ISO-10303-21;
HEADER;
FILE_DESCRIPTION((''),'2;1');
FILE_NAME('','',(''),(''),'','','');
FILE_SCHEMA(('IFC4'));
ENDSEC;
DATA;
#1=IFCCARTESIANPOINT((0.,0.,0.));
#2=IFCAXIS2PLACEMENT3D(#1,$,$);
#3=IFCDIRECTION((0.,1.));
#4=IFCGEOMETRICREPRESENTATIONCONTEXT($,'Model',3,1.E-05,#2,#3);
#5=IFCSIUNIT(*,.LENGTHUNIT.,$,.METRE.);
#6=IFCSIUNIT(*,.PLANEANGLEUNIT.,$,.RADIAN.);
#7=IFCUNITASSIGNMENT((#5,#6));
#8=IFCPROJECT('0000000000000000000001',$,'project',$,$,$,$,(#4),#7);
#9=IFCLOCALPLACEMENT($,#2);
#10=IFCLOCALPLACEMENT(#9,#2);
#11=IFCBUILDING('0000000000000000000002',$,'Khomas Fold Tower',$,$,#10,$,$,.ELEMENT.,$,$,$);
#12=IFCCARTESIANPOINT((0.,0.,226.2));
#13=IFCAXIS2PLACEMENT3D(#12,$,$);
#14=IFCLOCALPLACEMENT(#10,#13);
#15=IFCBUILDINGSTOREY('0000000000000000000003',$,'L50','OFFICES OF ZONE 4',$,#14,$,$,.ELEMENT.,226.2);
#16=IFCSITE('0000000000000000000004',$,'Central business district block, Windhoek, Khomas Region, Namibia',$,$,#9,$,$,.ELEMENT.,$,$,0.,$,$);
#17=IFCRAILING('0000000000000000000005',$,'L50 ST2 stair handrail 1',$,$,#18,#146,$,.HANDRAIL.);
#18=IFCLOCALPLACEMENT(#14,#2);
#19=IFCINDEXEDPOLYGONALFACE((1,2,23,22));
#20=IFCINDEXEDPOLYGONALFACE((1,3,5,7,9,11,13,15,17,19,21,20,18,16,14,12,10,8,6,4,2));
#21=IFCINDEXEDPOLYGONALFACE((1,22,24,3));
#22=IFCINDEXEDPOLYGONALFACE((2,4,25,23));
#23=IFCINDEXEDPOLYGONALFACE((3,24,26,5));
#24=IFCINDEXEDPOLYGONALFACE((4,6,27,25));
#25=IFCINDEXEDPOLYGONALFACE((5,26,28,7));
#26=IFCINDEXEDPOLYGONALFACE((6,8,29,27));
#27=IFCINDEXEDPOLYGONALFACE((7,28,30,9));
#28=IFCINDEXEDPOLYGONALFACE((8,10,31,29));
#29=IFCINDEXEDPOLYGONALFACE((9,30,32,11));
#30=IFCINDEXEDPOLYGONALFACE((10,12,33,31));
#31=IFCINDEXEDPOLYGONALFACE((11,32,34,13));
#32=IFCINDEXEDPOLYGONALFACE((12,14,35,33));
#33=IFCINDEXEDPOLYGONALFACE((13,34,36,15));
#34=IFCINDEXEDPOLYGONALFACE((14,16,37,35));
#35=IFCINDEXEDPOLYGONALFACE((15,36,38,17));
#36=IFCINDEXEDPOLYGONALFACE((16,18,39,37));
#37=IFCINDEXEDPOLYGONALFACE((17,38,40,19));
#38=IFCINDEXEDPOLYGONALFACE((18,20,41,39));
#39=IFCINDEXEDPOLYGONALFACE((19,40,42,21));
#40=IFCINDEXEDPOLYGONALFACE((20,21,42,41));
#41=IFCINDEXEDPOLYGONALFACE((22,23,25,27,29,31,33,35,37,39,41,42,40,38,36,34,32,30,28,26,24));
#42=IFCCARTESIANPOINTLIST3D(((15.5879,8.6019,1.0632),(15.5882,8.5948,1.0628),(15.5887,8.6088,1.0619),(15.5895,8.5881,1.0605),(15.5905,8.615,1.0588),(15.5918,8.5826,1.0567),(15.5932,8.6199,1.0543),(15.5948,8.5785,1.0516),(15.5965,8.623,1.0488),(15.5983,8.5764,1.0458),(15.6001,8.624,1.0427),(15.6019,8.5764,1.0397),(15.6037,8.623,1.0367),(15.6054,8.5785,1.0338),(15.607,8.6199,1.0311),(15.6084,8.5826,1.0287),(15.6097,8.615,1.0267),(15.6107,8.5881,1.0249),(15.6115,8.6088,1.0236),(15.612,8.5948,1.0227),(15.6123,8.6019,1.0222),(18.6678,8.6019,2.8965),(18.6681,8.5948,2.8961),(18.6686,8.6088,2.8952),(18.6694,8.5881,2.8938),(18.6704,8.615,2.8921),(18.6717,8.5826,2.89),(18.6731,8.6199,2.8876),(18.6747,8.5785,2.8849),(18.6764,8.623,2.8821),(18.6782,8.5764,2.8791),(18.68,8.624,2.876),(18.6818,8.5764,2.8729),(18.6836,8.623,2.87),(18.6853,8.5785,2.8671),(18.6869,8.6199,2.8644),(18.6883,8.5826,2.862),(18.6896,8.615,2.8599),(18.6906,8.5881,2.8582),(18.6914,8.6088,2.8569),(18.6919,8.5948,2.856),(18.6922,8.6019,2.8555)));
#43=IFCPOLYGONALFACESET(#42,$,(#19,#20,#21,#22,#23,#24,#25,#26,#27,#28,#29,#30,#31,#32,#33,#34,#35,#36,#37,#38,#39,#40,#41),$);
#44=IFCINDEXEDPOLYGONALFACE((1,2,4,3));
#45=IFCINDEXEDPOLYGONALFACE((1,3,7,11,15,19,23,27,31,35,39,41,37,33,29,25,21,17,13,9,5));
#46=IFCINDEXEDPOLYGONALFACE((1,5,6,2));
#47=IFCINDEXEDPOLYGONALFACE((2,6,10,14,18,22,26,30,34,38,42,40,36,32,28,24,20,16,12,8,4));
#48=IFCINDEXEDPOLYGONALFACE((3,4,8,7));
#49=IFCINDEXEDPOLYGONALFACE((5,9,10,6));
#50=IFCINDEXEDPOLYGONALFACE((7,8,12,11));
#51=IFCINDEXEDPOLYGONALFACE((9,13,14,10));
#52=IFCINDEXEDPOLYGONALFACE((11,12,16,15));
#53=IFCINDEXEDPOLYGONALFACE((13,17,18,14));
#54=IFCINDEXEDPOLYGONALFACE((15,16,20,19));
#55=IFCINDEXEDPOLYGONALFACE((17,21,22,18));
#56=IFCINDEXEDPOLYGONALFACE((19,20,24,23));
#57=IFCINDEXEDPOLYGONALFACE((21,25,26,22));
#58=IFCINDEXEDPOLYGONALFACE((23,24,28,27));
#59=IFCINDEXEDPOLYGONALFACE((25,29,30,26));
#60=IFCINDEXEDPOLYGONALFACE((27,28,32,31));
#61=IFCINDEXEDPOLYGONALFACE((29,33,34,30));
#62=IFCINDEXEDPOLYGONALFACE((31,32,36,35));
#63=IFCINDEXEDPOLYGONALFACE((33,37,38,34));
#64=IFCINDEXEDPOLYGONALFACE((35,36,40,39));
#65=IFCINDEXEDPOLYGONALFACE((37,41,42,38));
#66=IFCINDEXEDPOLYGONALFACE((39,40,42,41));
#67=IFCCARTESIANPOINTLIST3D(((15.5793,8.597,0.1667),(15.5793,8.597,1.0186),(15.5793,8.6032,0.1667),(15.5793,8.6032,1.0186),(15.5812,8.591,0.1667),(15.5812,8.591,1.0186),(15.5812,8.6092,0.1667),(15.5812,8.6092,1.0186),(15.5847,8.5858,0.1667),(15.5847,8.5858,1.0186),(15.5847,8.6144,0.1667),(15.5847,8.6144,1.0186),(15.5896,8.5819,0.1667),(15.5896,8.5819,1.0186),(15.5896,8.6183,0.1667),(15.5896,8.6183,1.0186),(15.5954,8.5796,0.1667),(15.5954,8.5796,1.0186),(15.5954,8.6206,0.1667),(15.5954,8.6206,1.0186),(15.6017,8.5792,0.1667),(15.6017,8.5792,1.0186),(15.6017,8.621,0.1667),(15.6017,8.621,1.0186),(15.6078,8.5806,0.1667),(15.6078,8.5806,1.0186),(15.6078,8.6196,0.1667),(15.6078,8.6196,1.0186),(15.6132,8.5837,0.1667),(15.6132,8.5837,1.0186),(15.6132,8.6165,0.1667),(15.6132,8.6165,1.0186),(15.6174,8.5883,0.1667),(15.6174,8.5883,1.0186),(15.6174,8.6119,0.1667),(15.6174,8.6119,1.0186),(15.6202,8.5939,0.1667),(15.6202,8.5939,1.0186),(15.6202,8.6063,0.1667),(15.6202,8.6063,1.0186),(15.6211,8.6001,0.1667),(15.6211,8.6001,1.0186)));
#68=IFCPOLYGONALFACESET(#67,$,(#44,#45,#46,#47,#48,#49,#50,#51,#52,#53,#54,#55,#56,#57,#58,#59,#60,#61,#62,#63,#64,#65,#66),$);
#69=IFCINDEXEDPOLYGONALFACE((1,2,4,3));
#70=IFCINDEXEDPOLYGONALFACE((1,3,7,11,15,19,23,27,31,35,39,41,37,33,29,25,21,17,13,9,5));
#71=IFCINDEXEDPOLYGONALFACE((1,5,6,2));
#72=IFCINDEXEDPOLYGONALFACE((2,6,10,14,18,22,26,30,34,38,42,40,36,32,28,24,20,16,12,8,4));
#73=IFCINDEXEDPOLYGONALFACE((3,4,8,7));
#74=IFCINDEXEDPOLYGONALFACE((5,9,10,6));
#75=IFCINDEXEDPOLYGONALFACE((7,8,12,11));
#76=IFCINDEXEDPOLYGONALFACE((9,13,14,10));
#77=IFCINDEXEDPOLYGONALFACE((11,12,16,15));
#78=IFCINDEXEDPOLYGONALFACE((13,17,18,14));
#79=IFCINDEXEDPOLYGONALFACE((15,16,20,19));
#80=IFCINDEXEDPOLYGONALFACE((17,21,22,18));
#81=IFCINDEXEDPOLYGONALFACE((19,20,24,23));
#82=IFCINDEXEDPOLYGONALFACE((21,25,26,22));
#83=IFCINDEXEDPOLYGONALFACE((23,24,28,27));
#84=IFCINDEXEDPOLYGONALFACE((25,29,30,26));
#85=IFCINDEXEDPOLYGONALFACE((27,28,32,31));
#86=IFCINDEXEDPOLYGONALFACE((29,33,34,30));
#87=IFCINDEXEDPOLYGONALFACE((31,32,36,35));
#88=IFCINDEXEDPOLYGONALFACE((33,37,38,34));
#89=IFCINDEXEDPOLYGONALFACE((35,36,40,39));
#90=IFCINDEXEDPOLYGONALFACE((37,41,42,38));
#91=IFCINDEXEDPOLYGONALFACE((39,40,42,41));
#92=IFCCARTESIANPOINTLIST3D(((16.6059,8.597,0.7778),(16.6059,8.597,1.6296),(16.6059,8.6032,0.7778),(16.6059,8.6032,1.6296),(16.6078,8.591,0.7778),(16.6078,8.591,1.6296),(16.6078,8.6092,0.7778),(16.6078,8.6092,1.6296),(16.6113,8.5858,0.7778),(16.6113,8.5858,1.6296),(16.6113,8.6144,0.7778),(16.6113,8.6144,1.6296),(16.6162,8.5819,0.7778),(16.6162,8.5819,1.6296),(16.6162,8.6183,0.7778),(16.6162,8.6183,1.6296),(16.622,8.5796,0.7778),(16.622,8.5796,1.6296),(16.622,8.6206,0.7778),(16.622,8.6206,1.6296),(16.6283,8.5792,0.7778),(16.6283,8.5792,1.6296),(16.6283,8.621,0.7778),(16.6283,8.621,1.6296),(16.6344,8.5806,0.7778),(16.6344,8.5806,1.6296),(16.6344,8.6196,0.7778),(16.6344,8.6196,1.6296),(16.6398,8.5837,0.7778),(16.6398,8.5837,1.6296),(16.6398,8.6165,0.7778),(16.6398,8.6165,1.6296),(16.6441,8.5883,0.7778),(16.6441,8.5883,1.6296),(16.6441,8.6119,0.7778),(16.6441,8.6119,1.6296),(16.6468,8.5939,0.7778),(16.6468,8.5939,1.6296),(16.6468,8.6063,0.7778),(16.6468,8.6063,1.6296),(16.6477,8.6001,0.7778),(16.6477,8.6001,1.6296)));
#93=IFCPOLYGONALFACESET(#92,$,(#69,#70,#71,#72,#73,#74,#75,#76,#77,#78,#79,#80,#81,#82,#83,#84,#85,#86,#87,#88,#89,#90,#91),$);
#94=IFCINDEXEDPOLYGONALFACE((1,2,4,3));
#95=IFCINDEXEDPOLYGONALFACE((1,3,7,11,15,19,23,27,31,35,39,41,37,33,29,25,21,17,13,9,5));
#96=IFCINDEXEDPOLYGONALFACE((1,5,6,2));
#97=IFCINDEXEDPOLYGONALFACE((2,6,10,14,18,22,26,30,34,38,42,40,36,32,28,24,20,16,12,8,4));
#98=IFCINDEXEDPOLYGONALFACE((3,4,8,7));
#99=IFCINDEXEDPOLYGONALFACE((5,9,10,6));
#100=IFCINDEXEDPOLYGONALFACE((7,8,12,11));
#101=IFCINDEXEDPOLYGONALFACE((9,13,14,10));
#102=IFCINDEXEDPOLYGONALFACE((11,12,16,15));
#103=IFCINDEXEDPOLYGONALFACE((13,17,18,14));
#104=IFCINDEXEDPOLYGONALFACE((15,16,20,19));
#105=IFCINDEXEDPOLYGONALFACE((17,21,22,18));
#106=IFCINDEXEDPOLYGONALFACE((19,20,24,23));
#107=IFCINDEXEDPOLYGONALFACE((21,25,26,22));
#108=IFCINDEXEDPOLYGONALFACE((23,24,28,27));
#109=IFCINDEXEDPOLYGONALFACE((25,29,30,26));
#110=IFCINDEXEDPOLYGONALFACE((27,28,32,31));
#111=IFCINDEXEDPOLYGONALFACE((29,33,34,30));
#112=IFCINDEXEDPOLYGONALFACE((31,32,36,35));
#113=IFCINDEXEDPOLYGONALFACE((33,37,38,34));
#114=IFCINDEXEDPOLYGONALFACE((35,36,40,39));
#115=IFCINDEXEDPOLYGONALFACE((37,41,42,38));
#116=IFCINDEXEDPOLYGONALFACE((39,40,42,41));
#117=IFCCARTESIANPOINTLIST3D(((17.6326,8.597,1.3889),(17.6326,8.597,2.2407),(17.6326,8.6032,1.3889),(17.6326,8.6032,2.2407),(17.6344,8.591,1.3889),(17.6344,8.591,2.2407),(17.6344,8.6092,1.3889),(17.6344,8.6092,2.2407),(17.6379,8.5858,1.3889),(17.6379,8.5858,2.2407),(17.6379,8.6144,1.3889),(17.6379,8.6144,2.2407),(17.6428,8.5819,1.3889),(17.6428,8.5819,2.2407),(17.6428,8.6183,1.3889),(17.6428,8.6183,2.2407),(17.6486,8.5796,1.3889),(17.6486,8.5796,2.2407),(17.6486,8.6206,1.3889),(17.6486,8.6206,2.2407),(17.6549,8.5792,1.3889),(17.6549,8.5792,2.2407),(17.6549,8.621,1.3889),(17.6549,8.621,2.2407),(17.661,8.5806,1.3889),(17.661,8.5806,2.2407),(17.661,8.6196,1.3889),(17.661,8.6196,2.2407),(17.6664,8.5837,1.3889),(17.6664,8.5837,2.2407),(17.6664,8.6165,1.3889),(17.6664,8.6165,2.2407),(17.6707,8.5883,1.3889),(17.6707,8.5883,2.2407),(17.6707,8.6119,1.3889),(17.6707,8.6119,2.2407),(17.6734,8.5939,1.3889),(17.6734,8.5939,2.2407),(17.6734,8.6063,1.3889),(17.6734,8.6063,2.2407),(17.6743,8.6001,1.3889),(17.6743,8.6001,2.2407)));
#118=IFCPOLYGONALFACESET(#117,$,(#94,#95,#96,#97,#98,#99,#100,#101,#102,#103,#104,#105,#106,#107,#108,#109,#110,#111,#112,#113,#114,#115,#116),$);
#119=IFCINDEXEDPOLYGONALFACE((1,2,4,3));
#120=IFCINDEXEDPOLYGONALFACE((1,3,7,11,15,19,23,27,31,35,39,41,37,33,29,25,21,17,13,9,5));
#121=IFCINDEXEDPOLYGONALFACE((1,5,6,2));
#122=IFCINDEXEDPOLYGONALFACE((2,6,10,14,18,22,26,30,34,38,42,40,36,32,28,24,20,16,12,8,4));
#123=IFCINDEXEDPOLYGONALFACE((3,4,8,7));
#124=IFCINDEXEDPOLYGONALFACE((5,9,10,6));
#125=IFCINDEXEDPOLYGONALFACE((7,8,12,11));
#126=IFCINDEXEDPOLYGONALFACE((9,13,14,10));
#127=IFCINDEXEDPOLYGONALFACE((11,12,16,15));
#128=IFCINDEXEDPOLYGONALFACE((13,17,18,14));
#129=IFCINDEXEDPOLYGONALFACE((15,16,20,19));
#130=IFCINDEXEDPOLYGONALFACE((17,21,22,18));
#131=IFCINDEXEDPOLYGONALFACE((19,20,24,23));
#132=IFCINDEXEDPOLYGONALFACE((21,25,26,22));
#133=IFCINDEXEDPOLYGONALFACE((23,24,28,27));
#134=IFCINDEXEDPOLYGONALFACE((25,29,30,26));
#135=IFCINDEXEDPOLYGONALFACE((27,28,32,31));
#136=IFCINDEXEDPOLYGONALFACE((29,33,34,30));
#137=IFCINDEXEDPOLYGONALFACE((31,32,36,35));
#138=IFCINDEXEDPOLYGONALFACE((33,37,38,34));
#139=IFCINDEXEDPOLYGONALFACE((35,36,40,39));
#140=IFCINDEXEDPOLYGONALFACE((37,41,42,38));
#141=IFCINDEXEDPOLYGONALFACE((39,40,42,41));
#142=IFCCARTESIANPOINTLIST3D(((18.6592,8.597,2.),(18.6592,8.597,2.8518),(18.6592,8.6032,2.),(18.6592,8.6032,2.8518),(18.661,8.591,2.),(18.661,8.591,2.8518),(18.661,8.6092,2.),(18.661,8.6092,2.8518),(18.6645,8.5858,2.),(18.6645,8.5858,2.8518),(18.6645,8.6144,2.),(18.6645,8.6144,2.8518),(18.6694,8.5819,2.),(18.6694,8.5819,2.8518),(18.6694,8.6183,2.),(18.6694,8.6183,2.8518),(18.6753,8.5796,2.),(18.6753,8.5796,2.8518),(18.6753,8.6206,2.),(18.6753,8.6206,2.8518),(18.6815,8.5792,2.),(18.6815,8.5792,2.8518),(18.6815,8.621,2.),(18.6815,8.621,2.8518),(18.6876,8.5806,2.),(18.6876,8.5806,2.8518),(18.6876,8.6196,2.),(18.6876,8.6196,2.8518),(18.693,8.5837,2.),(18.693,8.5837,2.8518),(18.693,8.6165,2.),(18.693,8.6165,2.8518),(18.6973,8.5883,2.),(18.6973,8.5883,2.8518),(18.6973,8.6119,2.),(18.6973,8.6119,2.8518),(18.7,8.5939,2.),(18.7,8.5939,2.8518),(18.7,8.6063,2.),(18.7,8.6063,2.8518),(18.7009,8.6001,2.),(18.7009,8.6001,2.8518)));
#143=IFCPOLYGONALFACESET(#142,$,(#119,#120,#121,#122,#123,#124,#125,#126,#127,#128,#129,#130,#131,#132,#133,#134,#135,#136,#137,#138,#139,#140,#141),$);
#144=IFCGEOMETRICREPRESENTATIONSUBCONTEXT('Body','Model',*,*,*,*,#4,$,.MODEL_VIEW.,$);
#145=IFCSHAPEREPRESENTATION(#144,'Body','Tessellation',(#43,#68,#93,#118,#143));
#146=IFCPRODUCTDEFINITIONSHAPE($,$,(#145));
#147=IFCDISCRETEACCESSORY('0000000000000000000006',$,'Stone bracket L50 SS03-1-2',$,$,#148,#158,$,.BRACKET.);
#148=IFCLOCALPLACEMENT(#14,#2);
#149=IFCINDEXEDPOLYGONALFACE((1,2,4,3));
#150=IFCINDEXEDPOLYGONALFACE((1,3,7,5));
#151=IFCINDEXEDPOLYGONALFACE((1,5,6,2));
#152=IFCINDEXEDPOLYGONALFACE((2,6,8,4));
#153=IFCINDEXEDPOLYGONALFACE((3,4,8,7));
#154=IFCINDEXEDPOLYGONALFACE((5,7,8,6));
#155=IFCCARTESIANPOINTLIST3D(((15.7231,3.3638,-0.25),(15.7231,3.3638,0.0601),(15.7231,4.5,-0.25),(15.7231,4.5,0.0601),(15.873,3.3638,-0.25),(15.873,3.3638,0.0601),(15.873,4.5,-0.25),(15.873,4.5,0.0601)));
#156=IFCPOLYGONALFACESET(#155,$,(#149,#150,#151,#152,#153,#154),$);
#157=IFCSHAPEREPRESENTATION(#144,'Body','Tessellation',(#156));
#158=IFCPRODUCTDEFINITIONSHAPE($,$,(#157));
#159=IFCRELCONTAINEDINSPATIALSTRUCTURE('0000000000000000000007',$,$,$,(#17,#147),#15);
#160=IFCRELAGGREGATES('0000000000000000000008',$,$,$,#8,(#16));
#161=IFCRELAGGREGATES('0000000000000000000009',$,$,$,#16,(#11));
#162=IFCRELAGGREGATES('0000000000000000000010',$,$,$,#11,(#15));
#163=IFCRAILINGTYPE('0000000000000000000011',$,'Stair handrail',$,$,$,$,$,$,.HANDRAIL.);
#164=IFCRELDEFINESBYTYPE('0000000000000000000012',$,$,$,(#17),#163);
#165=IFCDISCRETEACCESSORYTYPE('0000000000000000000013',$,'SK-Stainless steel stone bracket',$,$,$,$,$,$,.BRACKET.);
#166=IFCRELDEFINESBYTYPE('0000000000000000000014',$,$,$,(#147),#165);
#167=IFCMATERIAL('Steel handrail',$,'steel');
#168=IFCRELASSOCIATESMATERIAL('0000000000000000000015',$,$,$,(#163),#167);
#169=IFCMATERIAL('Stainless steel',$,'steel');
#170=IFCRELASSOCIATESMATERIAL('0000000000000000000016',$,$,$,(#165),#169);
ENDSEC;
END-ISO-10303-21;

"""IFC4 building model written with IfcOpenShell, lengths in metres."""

from ifc_helpers import new_model, si_unit, direction, frame, origin, origin_2d, place, context, subcontext, project, spatial, rectangle, circle, extrude, source, transform, mapped, material, type_object, element, save


model = new_model("IFC4")

# Units and contexts
model_context = context("Model", 3, precision=1e-05, world=origin(), true_north=direction((0.0, 1.0)))
body_context = subcontext(model_context, "Body", "Model", "MODEL_VIEW")
ifc_project = project(units=[si_unit("LENGTHUNIT", "METRE"), si_unit("PLANEANGLEUNIT", "RADIAN")], contexts=[model_context])

# Site, building, storey
site_placement = place(None, origin())
site = spatial("IfcSite", under=ifc_project, at=site_placement, Name="Central business district block, Windhoek, Khomas Region, Namibia", CompositionType="ELEMENT", RefElevation=0.0)
building_placement = place(site_placement, origin())
building = spatial("IfcBuilding", under=site, at=building_placement, Name="Khomas Fold Tower", CompositionType="ELEMENT")
storey_placement = place(building_placement, frame((0.0, 0.0, 226.2)))
storey = spatial("IfcBuildingStorey", under=building, at=storey_placement, Name="L50", Description="OFFICES OF ZONE 4", CompositionType="ELEMENT", Elevation=226.2)

# Railing
ifc_material_1 = material(Name="Steel handrail", Category="steel")
railing_type_1 = type_object("IfcRailingType", Name="Stair handrail", PredefinedType="HANDRAIL", material=ifc_material_1)
shared_shape_1 = source(origin(), body_context, "Body", "SweptSolid", [
    extrude(circle(Radius=0.0239, at=origin_2d()), frame((0.0, 0.0, 0.876), z_axis=(0.859291, 0.0, 0.511487), x_axis=(0.0, 1.0, 0.0)), (0.0, 0.0, 1.0), 3.5842),
    extrude(circle(Radius=0.021, at=origin_2d()), origin(), (0.0, 0.0, 1.0), 0.8518),
    extrude(circle(Radius=0.021, at=origin_2d()), frame((1.0266, 0.0, 0.6111)), (0.0, 0.0, 1.0), 0.8518),
    extrude(circle(Radius=0.021, at=origin_2d()), frame((2.0532, 0.0, 1.2222)), (0.0, 0.0, 1.0), 0.8518),
    extrude(circle(Radius=0.021, at=origin_2d()), frame((3.0798, 0.0, 1.8333)), (0.0, 0.0, 1.0), 0.8518),
])
railing_1_placement = place(storey_placement, frame((15.6001, 8.6001, 0.1667)))
element("IfcRailing", 1, at=railing_1_placement, inside=storey, type_object=railing_type_1, Name="L50 ST2 stair handrail 1", PredefinedType="HANDRAIL", context=body_context, shape_type="MappedRepresentation", body=[
    mapped(shared_shape_1, transform((0.0, 0.0, 0.0))),
])

# Discrete accessory
ifc_material_2 = material(Name="Stainless steel", Category="steel")
discrete_accessory_type = type_object("IfcDiscreteAccessoryType", Name="SK-Stainless steel stone bracket", PredefinedType="BRACKET", material=ifc_material_2)
shared_shape_2 = source(origin(), body_context, "Body", "SweptSolid", [
    extrude(rectangle(XDim=1.1362, YDim=0.1499, at=origin_2d()), origin(), (0.0, 0.0, 1.0), 0.3101),
])
discrete_accessory_placement = place(storey_placement, frame((15.7981, 3.9319, -0.25), z_axis=(0.0, 0.0, 1.0), x_axis=(0.0, -1.0, 0.0)))
element("IfcDiscreteAccessory", 2, at=discrete_accessory_placement, inside=storey, type_object=discrete_accessory_type, Name="Stone bracket L50 SS03-1-2", PredefinedType="BRACKET", context=body_context, shape_type="MappedRepresentation", body=[
    mapped(shared_shape_2, transform((0.0, 0.0, 0.0))),
])

save(model, "model.ifc")
